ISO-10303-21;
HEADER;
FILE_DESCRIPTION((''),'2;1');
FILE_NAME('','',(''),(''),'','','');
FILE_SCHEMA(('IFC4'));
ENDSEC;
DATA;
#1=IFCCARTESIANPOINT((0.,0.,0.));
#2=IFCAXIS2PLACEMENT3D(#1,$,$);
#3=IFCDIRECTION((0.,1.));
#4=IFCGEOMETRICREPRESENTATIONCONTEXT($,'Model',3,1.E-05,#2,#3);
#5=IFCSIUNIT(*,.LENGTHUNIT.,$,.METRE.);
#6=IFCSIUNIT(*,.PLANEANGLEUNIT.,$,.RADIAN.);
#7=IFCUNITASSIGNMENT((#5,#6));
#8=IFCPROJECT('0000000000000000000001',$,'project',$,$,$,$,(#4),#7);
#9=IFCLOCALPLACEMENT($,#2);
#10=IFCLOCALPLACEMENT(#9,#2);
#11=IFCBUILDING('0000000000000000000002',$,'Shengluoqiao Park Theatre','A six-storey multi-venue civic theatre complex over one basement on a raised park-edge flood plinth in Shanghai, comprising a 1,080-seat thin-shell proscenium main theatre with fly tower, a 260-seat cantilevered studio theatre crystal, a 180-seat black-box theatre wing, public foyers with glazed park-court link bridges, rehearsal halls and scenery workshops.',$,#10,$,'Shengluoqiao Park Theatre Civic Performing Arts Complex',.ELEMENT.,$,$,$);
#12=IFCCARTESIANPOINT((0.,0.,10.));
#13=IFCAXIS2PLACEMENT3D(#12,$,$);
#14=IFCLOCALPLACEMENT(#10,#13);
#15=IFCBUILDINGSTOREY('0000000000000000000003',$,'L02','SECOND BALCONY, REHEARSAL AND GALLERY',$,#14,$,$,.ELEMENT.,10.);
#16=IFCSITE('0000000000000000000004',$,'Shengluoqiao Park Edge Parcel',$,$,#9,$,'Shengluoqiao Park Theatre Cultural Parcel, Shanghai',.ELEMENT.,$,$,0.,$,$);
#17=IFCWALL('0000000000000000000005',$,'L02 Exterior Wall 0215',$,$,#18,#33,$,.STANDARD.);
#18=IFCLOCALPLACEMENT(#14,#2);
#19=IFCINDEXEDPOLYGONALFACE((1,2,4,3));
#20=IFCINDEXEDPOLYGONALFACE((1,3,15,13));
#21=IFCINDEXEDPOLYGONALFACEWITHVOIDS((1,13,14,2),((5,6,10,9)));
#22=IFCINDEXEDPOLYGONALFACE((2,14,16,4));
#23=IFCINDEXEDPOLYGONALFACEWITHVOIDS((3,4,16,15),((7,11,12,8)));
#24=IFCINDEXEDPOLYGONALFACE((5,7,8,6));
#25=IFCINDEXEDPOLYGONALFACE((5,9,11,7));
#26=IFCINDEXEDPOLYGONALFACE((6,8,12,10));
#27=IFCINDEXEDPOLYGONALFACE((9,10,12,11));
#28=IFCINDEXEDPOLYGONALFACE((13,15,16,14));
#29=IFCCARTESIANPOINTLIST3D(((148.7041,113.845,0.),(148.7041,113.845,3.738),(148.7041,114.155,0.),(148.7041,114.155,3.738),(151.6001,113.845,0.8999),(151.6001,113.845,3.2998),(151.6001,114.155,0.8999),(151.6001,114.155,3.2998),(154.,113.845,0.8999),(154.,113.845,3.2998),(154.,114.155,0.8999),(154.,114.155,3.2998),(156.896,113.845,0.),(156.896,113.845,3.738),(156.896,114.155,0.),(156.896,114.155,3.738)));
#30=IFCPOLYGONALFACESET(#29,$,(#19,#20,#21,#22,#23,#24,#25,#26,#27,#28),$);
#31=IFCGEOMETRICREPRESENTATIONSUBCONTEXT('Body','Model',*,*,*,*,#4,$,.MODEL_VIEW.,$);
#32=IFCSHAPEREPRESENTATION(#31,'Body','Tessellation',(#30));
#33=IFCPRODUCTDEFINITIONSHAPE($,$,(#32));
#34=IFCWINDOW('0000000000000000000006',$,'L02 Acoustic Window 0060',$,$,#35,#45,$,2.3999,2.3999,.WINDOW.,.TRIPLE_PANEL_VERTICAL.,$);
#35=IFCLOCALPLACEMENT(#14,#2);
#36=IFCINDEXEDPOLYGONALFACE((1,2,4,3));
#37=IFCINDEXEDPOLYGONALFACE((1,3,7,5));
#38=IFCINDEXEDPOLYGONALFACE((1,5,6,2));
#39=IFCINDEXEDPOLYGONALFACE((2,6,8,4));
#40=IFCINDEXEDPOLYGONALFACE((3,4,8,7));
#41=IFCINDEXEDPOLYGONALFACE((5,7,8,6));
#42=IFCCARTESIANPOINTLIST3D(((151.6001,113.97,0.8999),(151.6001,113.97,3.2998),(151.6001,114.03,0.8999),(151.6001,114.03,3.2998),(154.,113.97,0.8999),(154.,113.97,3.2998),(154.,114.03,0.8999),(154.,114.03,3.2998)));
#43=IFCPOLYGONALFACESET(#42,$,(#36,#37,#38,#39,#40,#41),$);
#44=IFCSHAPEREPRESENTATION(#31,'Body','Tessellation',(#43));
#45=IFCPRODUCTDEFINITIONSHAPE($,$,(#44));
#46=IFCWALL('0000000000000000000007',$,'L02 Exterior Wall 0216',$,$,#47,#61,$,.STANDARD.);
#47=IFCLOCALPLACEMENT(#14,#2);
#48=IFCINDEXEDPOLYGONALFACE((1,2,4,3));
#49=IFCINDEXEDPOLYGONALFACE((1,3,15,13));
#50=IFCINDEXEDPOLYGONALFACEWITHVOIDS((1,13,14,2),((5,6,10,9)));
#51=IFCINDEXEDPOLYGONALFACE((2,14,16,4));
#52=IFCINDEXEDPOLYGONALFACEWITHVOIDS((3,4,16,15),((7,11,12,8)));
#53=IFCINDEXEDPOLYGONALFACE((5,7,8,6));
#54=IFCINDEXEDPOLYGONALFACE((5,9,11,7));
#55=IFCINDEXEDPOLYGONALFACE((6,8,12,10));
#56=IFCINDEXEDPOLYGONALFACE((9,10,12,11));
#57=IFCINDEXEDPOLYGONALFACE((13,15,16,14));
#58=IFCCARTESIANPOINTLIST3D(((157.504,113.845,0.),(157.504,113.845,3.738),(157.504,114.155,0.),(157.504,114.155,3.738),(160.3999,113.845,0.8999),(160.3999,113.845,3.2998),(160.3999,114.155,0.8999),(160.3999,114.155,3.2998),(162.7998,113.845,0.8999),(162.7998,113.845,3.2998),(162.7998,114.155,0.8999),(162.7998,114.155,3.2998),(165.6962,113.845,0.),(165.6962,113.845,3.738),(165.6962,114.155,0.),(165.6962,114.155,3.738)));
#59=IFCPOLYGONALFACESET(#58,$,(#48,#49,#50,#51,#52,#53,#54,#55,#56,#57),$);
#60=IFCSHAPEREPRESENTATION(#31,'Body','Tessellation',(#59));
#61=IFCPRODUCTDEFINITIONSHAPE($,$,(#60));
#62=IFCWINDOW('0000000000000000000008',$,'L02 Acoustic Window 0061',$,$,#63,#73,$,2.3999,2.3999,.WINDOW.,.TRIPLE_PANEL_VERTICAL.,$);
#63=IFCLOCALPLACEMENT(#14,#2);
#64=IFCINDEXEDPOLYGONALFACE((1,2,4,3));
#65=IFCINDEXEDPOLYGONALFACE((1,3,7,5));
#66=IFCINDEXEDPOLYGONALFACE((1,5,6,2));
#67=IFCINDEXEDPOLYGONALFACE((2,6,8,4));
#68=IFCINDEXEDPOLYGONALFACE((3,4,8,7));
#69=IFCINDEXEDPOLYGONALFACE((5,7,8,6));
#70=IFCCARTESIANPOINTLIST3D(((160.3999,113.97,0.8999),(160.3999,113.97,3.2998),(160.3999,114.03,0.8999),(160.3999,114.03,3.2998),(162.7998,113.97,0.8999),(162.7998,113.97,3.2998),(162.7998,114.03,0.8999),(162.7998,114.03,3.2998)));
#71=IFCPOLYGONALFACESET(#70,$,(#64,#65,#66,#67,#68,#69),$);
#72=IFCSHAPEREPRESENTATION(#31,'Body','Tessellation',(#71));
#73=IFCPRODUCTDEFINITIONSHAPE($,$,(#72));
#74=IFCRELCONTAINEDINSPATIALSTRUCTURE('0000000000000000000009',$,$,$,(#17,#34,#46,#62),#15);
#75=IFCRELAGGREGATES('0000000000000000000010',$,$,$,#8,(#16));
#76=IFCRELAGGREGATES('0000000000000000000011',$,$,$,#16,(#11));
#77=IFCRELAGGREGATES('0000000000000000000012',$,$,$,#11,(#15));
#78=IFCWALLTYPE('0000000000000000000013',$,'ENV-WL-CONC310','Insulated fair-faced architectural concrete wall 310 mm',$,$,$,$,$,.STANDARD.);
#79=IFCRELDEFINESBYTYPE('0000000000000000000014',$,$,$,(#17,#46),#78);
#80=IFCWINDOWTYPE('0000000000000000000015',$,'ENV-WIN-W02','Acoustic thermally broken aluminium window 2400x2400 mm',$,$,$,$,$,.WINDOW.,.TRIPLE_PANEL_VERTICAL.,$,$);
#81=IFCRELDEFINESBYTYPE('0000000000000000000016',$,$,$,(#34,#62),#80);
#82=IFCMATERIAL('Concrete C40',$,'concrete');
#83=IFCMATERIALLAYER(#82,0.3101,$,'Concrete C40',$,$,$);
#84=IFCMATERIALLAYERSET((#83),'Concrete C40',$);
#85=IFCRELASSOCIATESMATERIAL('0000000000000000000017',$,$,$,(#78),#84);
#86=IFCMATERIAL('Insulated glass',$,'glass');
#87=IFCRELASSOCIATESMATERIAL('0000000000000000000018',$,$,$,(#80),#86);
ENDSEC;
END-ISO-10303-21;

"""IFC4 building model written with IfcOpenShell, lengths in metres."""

from ifc_helpers import new_model, si_unit, direction, frame, frame_2d, origin, place, context, subcontext, project, spatial, rectangle, extrude, material, layer, layer_set, type_object, element, fill, save


model = new_model("IFC4")

# Units and contexts
model_context = context("Model", 3, precision=1e-05, world=origin(), true_north=direction((0.0, 1.0)))
body_context = subcontext(model_context, "Body", "Model", "MODEL_VIEW")
ifc_project = project(units=[si_unit("LENGTHUNIT", "METRE"), si_unit("PLANEANGLEUNIT", "RADIAN")], contexts=[model_context])

# Site, building, storey
site_placement = place(None, origin())
site = spatial("IfcSite", under=ifc_project, at=site_placement, Name="Shengluoqiao Park Edge Parcel", LongName="Shengluoqiao Park Theatre Cultural Parcel, Shanghai", CompositionType="ELEMENT", RefElevation=0.0)
building_placement = place(site_placement, origin())
building = spatial("IfcBuilding", under=site, at=building_placement, Name="Shengluoqiao Park Theatre", Description="A six-storey multi-venue civic theatre complex over one basement on a raised park-edge flood plinth in Shanghai, comprising a 1,080-seat thin-shell proscenium main theatre with fly tower, a 260-seat cantilevered studio theatre crystal, a 180-seat black-box theatre wing, public foyers with glazed park-court link bridges, rehearsal halls and scenery workshops.", LongName="Shengluoqiao Park Theatre Civic Performing Arts Complex", CompositionType="ELEMENT")
storey_placement = place(building_placement, frame((0.0, 0.0, 10.0)))
storey = spatial("IfcBuildingStorey", under=building, at=storey_placement, Name="L02", Description="SECOND BALCONY, REHEARSAL AND GALLERY", CompositionType="ELEMENT", Elevation=10.0)

# Shared definitions
ifc_material_1 = material(Name="Concrete C40", Category="concrete")

# Walls, openings, windows
ifc_material_2 = material(Name="Insulated glass", Category="glass")
ifc_layer_1 = layer(ifc_material_1, 0.3101, Name="Concrete C40")
ifc_layer_set_1 = layer_set([ifc_layer_1], Name="Concrete C40")
wall_type_1 = type_object("IfcWallType", Name="ENV-WL-CONC310", Description="Insulated fair-faced architectural concrete wall 310 mm", PredefinedType="STANDARD", material=ifc_layer_set_1)
wall_1_placement = place(storey_placement, frame((148.7041, 114.0, 0.0), z_axis=(0.0, 0.0, 1.0), x_axis=(1.0, 0.0, 0.0)))
wall_1 = element("IfcWall", 1, at=wall_1_placement, inside=storey, type_object=wall_type_1, Name="L02 Exterior Wall 0215", PredefinedType="STANDARD", context=body_context, shape_type="SweptSolid", body=[
    extrude(rectangle(XDim=8.1919, YDim=0.3101, at=frame_2d((4.0959, 0.0))), origin(), (0.0, 0.0, 1.0), 3.738),
])
opening_1_placement = place(wall_1_placement, frame((2.896, 0.0, 0.8999)))
opening_1 = element("IfcOpeningElement", 2, at=opening_1_placement, cuts=wall_1, PredefinedType="OPENING", context=body_context, shape_type="SweptSolid", body=[
    extrude(rectangle(XDim=2.3999, YDim=2.3999, at=frame_2d((1.2, 1.2))), frame((0.0, 0.165, 0.0), z_axis=(0.0, -1.0, 0.0), x_axis=(1.0, 0.0, 0.0)), (0.0, 0.0, 1.0), 0.3301),
])
window_type_1 = type_object("IfcWindowType", Name="ENV-WIN-W02", Description="Acoustic thermally broken aluminium window 2400x2400 mm", PartitioningType="TRIPLE_PANEL_VERTICAL", PredefinedType="WINDOW", material=ifc_material_2)
window_1_placement = place(opening_1_placement, origin())
window_1 = element("IfcWindow", 3, at=window_1_placement, inside=storey, type_object=window_type_1, Name="L02 Acoustic Window 0060", OverallHeight=2.3999, OverallWidth=2.3999, PartitioningType="TRIPLE_PANEL_VERTICAL", PredefinedType="WINDOW", context=body_context, shape_type="SweptSolid", body=[
    extrude(rectangle(XDim=2.3999, YDim=2.3999, at=frame_2d((1.2, 1.2))), frame((0.0, 0.03, 0.0), z_axis=(0.0, -1.0, 0.0), x_axis=(1.0, 0.0, 0.0)), (0.0, 0.0, 1.0), 0.0601),
])
fill(opening_1, window_1)
wall_2_placement = place(storey_placement, frame((157.5039, 114.0, 0.0), z_axis=(0.0, 0.0, 1.0), x_axis=(1.0, 0.0, 0.0)))
wall_2 = element("IfcWall", 4, at=wall_2_placement, inside=storey, type_object=wall_type_1, Name="L02 Exterior Wall 0216", PredefinedType="STANDARD", context=body_context, shape_type="SweptSolid", body=[
    extrude(rectangle(XDim=8.1921, YDim=0.3101, at=frame_2d((4.0962, 0.0))), origin(), (0.0, 0.0, 1.0), 3.738),
])
opening_2_placement = place(wall_2_placement, frame((2.896, 0.0, 0.8999)))
opening_2 = element("IfcOpeningElement", 5, at=opening_2_placement, cuts=wall_2, PredefinedType="OPENING", context=body_context, shape_type="SweptSolid", body=[
    extrude(rectangle(XDim=2.3999, YDim=2.3999, at=frame_2d((1.2, 1.2))), frame((0.0, 0.165, 0.0), z_axis=(0.0, -1.0, 0.0), x_axis=(1.0, 0.0, 0.0)), (0.0, 0.0, 1.0), 0.3301),
])
window_2_placement = place(opening_2_placement, origin())
window_2 = element("IfcWindow", 6, at=window_2_placement, inside=storey, type_object=window_type_1, Name="L02 Acoustic Window 0061", OverallHeight=2.3999, OverallWidth=2.3999, PartitioningType="TRIPLE_PANEL_VERTICAL", PredefinedType="WINDOW", context=body_context, shape_type="SweptSolid", body=[
    extrude(rectangle(XDim=2.3999, YDim=2.3999, at=frame_2d((1.2, 1.2))), frame((0.0, 0.03, 0.0), z_axis=(0.0, -1.0, 0.0), x_axis=(1.0, 0.0, 0.0)), (0.0, 0.0, 1.0), 0.0601),
])
fill(opening_2, window_2)

save(model, "model.ifc")
